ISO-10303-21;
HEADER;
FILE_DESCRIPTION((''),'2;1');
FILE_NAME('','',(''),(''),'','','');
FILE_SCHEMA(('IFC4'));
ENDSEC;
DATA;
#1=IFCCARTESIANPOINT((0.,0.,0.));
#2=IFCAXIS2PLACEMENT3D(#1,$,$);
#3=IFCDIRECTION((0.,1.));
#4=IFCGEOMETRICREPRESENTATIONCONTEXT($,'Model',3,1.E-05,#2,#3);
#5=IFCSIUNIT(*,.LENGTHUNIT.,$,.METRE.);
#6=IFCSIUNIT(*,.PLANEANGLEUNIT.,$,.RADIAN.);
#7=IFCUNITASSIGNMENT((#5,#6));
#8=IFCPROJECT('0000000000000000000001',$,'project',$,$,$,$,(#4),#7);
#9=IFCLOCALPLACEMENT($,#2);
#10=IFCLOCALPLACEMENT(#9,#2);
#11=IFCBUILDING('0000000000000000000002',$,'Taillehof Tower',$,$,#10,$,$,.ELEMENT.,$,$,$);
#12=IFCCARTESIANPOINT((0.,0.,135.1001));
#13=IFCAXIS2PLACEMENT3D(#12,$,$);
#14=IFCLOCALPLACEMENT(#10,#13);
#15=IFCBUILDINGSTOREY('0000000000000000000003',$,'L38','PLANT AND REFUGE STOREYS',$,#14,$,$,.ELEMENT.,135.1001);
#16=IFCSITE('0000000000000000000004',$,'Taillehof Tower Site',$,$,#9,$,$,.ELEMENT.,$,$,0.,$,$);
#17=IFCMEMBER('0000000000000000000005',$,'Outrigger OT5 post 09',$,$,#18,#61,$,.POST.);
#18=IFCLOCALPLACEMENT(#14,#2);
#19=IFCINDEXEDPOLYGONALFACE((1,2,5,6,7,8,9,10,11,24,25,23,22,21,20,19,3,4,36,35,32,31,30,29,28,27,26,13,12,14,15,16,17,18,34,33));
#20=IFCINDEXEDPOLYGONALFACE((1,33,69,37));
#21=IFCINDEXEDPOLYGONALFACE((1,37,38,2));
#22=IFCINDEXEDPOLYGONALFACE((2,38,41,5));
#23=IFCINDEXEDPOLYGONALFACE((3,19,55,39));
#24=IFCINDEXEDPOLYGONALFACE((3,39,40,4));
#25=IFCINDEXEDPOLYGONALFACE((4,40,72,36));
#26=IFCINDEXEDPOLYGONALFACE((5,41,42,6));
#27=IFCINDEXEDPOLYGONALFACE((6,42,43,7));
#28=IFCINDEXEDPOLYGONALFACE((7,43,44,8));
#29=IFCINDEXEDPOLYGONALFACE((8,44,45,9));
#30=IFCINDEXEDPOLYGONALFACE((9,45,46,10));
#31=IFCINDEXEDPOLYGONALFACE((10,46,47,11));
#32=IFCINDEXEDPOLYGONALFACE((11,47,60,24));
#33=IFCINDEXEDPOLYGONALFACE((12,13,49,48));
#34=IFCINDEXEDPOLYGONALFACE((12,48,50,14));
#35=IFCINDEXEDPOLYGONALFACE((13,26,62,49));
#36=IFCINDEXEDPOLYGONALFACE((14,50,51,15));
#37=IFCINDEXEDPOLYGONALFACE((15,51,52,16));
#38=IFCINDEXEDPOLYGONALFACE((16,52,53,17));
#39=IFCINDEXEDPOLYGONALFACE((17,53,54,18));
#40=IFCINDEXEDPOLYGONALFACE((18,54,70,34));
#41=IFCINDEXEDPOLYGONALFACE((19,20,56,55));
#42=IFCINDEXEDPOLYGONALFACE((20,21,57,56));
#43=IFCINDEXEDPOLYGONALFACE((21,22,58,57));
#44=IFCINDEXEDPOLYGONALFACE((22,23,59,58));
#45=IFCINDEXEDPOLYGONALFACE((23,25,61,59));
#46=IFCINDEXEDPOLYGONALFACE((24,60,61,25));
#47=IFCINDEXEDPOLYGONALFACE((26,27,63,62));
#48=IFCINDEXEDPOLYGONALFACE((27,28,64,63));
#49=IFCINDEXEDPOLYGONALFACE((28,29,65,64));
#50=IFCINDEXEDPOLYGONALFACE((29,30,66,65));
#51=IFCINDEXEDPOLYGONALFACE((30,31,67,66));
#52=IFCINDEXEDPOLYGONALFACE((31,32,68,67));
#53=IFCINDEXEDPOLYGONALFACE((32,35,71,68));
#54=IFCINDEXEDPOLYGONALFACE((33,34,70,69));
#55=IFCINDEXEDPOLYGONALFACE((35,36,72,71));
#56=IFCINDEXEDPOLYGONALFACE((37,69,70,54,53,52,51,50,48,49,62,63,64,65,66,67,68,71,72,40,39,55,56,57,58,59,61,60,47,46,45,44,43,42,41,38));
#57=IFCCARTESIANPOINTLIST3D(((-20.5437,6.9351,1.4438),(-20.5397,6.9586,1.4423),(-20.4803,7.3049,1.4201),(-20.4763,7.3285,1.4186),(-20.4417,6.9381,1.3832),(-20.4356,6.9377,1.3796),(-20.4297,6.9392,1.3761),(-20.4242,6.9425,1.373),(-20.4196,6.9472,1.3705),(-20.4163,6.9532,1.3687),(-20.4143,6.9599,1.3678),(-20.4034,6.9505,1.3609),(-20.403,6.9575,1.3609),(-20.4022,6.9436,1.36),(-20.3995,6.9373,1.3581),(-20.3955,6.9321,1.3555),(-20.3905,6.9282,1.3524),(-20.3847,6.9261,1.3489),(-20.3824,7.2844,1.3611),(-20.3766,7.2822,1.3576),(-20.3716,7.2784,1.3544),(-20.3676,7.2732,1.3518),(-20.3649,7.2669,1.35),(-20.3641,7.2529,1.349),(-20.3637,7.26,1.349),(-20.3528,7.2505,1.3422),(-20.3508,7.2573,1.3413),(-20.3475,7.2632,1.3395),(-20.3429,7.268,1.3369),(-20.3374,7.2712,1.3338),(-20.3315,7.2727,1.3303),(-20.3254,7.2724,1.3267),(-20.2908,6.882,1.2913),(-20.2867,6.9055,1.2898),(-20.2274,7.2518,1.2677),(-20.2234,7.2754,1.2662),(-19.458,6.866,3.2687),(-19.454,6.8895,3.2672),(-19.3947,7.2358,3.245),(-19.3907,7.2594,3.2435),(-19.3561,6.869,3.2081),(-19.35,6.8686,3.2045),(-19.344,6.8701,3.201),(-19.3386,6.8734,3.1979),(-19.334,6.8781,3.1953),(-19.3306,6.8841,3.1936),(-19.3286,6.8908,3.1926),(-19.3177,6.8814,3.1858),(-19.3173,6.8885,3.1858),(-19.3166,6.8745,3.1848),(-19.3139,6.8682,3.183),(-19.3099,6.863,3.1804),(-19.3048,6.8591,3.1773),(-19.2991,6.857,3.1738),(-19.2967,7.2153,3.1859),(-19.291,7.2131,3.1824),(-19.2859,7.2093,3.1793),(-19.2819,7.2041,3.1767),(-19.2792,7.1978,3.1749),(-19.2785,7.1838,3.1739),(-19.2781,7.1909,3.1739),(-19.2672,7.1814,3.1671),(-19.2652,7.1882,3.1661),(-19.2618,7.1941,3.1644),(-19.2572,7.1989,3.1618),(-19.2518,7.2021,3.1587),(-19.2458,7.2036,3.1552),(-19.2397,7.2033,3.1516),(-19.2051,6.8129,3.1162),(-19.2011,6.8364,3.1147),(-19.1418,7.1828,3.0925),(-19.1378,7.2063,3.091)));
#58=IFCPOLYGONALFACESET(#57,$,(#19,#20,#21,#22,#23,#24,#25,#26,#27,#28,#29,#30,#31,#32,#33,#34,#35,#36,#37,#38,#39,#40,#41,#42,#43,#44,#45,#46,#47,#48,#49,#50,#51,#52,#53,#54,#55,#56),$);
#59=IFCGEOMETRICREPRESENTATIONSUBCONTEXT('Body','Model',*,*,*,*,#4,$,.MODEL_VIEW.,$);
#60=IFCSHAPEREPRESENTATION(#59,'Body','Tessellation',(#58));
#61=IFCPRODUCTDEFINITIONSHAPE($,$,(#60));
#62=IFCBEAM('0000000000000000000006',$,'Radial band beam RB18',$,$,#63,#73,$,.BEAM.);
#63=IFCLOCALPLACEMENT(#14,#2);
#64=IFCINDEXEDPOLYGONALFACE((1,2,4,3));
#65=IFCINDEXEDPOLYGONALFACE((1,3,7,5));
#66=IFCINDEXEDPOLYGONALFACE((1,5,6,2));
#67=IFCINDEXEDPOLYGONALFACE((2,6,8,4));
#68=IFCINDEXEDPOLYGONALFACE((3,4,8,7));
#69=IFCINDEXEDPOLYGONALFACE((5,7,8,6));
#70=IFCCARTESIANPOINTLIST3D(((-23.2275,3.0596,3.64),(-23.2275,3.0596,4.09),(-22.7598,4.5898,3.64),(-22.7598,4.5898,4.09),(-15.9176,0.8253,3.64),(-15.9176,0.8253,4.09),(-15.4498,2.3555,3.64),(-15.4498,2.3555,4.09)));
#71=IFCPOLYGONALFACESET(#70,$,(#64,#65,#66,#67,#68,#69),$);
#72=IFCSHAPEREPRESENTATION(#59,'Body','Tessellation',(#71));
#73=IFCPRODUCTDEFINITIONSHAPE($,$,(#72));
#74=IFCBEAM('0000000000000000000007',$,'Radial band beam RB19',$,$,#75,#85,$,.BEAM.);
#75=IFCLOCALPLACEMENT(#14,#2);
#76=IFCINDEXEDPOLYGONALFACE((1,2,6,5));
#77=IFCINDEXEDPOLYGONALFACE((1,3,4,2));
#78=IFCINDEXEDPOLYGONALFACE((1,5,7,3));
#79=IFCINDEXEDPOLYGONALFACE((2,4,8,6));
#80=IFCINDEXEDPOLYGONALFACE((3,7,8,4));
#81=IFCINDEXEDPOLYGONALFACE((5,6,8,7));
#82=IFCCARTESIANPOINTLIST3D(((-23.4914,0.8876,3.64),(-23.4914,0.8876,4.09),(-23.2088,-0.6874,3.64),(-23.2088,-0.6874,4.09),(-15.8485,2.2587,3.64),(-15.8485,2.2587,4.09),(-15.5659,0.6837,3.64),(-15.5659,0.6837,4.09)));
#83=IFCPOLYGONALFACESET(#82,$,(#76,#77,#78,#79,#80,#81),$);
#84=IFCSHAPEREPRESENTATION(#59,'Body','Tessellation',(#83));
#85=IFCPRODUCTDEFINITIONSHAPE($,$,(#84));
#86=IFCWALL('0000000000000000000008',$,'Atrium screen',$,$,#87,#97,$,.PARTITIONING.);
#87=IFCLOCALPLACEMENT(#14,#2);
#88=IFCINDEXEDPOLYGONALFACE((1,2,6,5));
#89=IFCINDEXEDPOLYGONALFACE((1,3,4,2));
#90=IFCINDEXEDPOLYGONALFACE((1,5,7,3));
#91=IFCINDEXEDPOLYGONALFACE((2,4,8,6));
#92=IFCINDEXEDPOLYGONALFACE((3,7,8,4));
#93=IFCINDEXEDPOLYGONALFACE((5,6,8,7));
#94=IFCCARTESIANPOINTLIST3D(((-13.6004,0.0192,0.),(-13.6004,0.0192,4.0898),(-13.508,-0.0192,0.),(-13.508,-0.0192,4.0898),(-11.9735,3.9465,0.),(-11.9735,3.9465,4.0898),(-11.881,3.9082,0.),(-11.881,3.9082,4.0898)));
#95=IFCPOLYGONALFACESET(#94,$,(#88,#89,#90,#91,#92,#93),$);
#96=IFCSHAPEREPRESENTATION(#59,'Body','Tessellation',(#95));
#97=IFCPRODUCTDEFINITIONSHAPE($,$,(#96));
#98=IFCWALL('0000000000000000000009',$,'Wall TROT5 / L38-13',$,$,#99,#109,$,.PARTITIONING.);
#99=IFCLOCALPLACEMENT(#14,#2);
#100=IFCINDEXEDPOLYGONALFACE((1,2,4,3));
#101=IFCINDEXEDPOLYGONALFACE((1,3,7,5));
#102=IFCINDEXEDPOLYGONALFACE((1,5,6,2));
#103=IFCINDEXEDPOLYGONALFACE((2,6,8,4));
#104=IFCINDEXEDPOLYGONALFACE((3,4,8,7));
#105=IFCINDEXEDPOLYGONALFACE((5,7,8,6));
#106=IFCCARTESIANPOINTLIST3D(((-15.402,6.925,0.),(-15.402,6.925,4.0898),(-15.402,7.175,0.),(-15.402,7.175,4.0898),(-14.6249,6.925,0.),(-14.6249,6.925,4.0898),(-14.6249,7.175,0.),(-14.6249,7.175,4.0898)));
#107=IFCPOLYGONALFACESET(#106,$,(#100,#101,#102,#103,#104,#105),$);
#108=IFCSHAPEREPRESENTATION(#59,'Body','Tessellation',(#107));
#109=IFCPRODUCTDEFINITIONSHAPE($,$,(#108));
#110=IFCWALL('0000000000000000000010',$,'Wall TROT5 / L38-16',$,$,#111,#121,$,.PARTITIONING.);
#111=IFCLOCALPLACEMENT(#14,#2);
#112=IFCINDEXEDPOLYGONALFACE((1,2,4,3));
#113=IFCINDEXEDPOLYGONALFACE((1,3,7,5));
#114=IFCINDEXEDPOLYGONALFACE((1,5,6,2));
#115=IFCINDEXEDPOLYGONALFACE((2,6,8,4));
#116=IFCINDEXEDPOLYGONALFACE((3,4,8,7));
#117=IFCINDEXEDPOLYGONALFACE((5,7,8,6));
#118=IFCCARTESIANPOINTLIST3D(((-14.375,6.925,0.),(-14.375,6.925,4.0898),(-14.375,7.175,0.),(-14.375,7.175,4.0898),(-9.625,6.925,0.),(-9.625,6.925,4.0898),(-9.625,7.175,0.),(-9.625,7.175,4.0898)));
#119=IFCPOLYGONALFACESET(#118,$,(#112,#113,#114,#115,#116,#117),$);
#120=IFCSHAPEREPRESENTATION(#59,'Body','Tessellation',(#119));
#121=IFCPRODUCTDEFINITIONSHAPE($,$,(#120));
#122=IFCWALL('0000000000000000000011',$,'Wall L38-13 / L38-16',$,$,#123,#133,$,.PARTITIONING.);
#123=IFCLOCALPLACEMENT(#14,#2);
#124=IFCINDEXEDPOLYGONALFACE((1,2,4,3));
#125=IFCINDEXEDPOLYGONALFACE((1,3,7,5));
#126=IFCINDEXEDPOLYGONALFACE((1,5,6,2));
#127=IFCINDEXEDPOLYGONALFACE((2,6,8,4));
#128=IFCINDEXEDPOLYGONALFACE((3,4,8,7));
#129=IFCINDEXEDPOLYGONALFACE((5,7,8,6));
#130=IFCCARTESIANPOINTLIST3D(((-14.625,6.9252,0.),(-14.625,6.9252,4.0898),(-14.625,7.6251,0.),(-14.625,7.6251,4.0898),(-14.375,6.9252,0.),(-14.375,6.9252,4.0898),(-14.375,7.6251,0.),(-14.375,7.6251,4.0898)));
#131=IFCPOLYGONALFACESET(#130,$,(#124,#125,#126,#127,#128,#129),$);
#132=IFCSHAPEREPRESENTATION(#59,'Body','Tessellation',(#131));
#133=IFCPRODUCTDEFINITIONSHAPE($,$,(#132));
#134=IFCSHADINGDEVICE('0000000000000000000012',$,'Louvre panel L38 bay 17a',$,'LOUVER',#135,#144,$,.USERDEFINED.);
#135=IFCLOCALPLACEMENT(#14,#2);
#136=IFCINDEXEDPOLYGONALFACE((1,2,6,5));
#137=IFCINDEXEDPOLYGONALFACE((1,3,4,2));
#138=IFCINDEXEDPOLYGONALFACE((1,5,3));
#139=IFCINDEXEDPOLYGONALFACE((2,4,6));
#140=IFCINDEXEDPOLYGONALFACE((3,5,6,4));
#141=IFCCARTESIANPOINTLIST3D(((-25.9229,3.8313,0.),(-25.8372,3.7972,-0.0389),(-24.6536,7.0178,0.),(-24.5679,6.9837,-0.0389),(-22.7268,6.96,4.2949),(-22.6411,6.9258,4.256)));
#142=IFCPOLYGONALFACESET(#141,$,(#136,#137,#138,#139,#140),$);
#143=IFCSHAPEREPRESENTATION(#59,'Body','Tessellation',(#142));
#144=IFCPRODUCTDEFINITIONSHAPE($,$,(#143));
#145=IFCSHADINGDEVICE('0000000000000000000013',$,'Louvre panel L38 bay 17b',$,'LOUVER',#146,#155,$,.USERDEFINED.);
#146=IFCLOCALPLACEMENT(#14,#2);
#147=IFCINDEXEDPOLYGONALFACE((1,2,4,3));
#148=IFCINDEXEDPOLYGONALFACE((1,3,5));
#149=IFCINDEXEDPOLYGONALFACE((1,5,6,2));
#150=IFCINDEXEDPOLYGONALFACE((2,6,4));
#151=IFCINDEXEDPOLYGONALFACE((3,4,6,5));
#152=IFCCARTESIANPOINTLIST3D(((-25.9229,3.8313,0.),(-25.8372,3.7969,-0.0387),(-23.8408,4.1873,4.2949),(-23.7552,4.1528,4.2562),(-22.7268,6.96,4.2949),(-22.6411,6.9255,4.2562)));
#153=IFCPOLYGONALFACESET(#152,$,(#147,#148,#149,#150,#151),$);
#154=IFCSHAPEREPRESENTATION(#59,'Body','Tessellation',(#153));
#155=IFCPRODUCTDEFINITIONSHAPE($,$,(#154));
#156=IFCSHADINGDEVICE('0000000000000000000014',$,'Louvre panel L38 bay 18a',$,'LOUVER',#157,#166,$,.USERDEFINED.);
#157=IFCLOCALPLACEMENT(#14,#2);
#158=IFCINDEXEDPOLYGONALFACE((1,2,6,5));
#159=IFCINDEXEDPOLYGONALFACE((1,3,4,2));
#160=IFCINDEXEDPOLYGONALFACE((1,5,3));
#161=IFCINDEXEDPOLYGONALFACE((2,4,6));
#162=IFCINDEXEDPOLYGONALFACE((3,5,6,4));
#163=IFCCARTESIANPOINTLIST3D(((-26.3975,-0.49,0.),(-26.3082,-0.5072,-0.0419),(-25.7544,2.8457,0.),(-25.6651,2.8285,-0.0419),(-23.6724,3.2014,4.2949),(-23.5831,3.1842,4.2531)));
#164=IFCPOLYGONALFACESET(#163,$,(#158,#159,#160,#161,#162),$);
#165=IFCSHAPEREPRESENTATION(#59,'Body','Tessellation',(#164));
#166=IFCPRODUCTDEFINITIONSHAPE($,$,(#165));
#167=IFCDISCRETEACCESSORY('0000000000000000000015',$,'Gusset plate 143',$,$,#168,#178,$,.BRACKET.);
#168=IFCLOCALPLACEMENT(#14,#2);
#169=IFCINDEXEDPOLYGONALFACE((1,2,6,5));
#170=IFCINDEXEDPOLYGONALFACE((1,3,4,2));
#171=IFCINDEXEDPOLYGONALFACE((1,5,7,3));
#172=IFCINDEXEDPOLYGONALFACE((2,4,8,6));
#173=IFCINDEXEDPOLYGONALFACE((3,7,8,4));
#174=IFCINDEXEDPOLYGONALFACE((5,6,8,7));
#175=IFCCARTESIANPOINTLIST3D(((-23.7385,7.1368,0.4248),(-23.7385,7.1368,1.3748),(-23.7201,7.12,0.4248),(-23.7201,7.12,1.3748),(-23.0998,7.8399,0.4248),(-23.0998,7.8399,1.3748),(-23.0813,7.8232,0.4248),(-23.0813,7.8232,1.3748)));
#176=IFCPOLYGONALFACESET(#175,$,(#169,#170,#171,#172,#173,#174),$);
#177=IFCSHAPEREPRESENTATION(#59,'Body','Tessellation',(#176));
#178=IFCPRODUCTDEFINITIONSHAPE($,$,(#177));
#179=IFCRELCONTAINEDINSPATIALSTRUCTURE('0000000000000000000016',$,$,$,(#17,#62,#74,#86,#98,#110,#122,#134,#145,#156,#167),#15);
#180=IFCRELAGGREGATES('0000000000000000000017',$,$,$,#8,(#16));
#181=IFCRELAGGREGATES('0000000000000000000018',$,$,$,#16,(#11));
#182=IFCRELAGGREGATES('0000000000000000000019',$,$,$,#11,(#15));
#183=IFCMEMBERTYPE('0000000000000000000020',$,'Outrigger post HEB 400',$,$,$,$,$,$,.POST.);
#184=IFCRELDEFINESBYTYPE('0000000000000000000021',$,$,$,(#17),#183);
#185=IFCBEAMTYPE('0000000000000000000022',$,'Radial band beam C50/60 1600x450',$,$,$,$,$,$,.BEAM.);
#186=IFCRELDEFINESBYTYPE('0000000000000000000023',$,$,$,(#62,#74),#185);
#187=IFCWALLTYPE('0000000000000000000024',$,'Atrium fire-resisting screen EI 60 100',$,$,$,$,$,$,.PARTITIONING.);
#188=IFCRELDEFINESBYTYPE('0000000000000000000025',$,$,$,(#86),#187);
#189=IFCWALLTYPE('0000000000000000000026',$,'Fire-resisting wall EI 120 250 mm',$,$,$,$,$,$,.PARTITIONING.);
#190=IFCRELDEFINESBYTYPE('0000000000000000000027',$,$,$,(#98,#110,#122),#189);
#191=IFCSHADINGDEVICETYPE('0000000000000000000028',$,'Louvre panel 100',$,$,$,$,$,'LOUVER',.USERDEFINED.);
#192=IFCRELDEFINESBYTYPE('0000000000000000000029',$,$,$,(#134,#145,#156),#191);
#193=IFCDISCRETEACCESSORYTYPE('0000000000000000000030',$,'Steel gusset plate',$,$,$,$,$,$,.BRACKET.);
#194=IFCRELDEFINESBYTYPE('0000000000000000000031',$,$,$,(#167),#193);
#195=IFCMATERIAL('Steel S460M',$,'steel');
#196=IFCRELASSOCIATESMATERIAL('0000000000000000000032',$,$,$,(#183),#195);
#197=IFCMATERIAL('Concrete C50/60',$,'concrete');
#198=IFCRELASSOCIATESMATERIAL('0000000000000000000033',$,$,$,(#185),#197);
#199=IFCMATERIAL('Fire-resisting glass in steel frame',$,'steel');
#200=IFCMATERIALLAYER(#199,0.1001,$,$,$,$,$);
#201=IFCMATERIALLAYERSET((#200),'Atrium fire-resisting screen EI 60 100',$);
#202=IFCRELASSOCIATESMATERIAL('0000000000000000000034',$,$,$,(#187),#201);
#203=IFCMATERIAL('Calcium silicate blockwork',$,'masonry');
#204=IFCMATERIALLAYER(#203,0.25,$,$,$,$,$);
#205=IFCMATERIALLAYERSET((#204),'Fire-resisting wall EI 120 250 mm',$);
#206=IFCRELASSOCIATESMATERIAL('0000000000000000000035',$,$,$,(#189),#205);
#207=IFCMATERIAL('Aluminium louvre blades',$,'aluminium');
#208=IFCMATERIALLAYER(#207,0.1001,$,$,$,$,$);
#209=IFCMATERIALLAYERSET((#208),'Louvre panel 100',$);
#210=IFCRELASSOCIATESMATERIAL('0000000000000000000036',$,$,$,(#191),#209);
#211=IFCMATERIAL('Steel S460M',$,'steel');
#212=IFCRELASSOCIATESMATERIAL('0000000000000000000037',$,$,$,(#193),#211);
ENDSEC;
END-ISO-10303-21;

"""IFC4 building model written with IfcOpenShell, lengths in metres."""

from ifc_helpers import new_model, si_unit, direction, frame, frame_2d, origin, origin_2d, place, context, subcontext, project, spatial, polyline, rectangle, i_section, outline, extrude, material, layer, layer_set, material_profile, profile_set, type_object, element, save


model = new_model("IFC4")

# Units and contexts
model_context = context("Model", 3, precision=1e-05, world=origin(), true_north=direction((0.0, 1.0)))
body_context = subcontext(model_context, "Body", "Model", "MODEL_VIEW")
ifc_project = project(units=[si_unit("LENGTHUNIT", "METRE"), si_unit("PLANEANGLEUNIT", "RADIAN")], contexts=[model_context])

# Site, building, storey
site_placement = place(None, origin())
site = spatial("IfcSite", under=ifc_project, at=site_placement, Name="Taillehof Tower Site", CompositionType="ELEMENT", RefElevation=0.0)
building_placement = place(site_placement, origin())
building = spatial("IfcBuilding", under=site, at=building_placement, Name="Taillehof Tower", CompositionType="ELEMENT")
storey_placement = place(building_placement, frame((0.0, 0.0, 135.1001)))
storey = spatial("IfcBuildingStorey", under=building, at=storey_placement, Name="L38", Description="PLANT AND REFUGE STOREYS", CompositionType="ELEMENT", Elevation=135.1001)

# Member
ifc_material_1 = material(Name="Steel S460M", Category="steel")
ifc_material_profile_1 = material_profile(ifc_material_1, i_section(OverallWidth=0.3, OverallDepth=0.3999, WebThickness=0.0134, FlangeThickness=0.0239, FilletRadius=0.0271, at=origin_2d()), Name="HEB 400")
ifc_profile_set_1 = profile_set([ifc_material_profile_1], Name="Steel S460M")
member_type_1 = type_object("IfcMemberType", Name="Outrigger post HEB 400", PredefinedType="POST", material=ifc_profile_set_1)
member_1_placement = place(storey_placement, frame((-20.3835, 7.1052, 1.355), z_axis=(0.511009, -0.03252, 0.85896), x_axis=(-0.842904, 0.176893, 0.508155)))
element("IfcMember", 1, at=member_1_placement, inside=storey, type_object=member_type_1, Name="Outrigger OT5 post 09", PredefinedType="POST", context=body_context, shape_type="SweptSolid", body=[
    extrude(i_section(OverallWidth=0.3, OverallDepth=0.3999, WebThickness=0.0134, FlangeThickness=0.0239, FilletRadius=0.0271, at=origin_2d()), origin(), (0.0, 0.0, 1.0), 2.1245),
])

# Beams
ifc_material_2 = material(Name="Concrete C50/60", Category="concrete")
ifc_material_profile_2 = material_profile(ifc_material_2, rectangle(XDim=1.6001, YDim=0.45, at=origin_2d()), Name="RC 1600x450")
ifc_profile_set_2 = profile_set([ifc_material_profile_2], Name="Concrete C50/60")
beam_type_1 = type_object("IfcBeamType", Name="Radial band beam C50/60 1600x450", PredefinedType="BEAM", material=ifc_profile_set_2)
beam_1_placement = place(storey_placement, frame((-22.9937, 3.8247, 3.865), z_axis=(0.956324, -0.292308, 0.0), x_axis=(0.292308, 0.956324, 0.0)))
element("IfcBeam", 2, at=beam_1_placement, inside=storey, type_object=beam_type_1, Name="Radial band beam RB18", PredefinedType="BEAM", context=body_context, shape_type="SweptSolid", body=[
    extrude(rectangle(XDim=1.6001, YDim=0.45, at=origin_2d()), origin(), (0.0, 0.0, 1.0), 7.6438),
])
beam_2_placement = place(storey_placement, frame((-23.3501, 0.1001, 3.865), z_axis=(0.984287, 0.176577, 0.0), x_axis=(-0.176577, 0.984287, 0.0)))
element("IfcBeam", 3, at=beam_2_placement, inside=storey, type_object=beam_type_1, Name="Radial band beam RB19", PredefinedType="BEAM", context=body_context, shape_type="SweptSolid", body=[
    extrude(rectangle(XDim=1.6001, YDim=0.45, at=origin_2d()), origin(), (0.0, 0.0, 1.0), 7.7649),
])

# Walls
ifc_material_3 = material(Name="Fire-resisting glass in steel frame", Category="steel")
ifc_layer_1 = layer(ifc_material_3, 0.1001)
ifc_layer_set_1 = layer_set([ifc_layer_1], Name="Atrium fire-resisting screen EI 60 100")
wall_type_1 = type_object("IfcWallType", Name="Atrium fire-resisting screen EI 60 100", PredefinedType="PARTITIONING", material=ifc_layer_set_1)
wall_1_placement = place(storey_placement, frame((-13.5542, 0.0, 0.0), z_axis=(0.0, 0.0, 1.0), x_axis=(0.382731, 0.92386, 0.0)))
element("IfcWall", 4, at=wall_1_placement, inside=storey, type_object=wall_type_1, Name="Atrium screen", PredefinedType="PARTITIONING", context=body_context, shape_type="SweptSolid", body=[
    extrude(rectangle(XDim=4.251, YDim=0.1001, at=frame_2d((2.1255, 0.0))), origin(), (0.0, 0.0, 1.0), 4.0898),
])
ifc_material_4 = material(Name="Calcium silicate blockwork", Category="masonry")
ifc_layer_2 = layer(ifc_material_4, 0.25)
ifc_layer_set_2 = layer_set([ifc_layer_2], Name="Fire-resisting wall EI 120 250 mm")
wall_type_2 = type_object("IfcWallType", Name="Fire-resisting wall EI 120 250 mm", PredefinedType="PARTITIONING", material=ifc_layer_set_2)
wall_2_placement = place(storey_placement, frame((-15.4021, 7.05, 0.0), z_axis=(0.0, 0.0, 1.0), x_axis=(1.0, 0.0, 0.0)))
element("IfcWall", 5, at=wall_2_placement, inside=storey, type_object=wall_type_2, Name="Wall TROT5 / L38-13", PredefinedType="PARTITIONING", context=body_context, shape_type="SweptSolid", body=[
    extrude(rectangle(XDim=0.7771, YDim=0.25, at=frame_2d((0.3887, 0.0))), origin(), (0.0, 0.0, 1.0), 4.0898),
])
wall_3_placement = place(storey_placement, frame((-14.375, 7.05, 0.0), z_axis=(0.0, 0.0, 1.0), x_axis=(1.0, 0.0, 0.0)))
element("IfcWall", 6, at=wall_3_placement, inside=storey, type_object=wall_type_2, Name="Wall TROT5 / L38-16", PredefinedType="PARTITIONING", context=body_context, shape_type="SweptSolid", body=[
    extrude(rectangle(XDim=4.75, YDim=0.25, at=frame_2d((2.375, 0.0))), origin(), (0.0, 0.0, 1.0), 4.0898),
])
wall_4_placement = place(storey_placement, frame((-14.5, 6.925, 0.0), z_axis=(0.0, 0.0, 1.0), x_axis=(0.0, 1.0, 0.0)))
element("IfcWall", 7, at=wall_4_placement, inside=storey, type_object=wall_type_2, Name="Wall L38-13 / L38-16", PredefinedType="PARTITIONING", context=body_context, shape_type="SweptSolid", body=[
    extrude(rectangle(XDim=0.7, YDim=0.25, at=frame_2d((0.3501, 0.0))), origin(), (0.0, 0.0, 1.0), 4.0898),
])

# Shading devices
ifc_material_5 = material(Name="Aluminium louvre blades", Category="aluminium")
ifc_layer_3 = layer(ifc_material_5, 0.1001)
ifc_layer_set_3 = layer_set([ifc_layer_3], Name="Louvre panel 100")
shading_device_type = type_object("IfcShadingDeviceType", Name="Louvre panel 100", ElementType="LOUVER", PredefinedType="USERDEFINED", material=ifc_layer_set_3)
shading_device_1_placement = place(storey_placement, frame((-24.6536, 7.0178, 0.0), z_axis=(-0.855995, 0.340968, 0.388604), x_axis=(-0.370053, -0.929011, 0.0)))
element("IfcShadingDevice", 8, at=shading_device_1_placement, inside=storey, type_object=shading_device_type, Name="Louvre panel L38 bay 17a", ObjectType="LOUVER", PredefinedType="USERDEFINED", context=body_context, shape_type="SweptSolid", body=[
    extrude(outline(polyline([(0.0, 0.0), (3.43, 0.0), (-0.6592, 4.6613), (0.0, 0.0)])), origin(), (0.0, 0.0, -1.0), 0.1001),
])
shading_device_2_placement = place(storey_placement, frame((-25.9229, 3.8313, 0.0), z_axis=(-0.855843, 0.343859, 0.386385), x_axis=(0.435005, 0.074371, 0.897351)))
element("IfcShadingDevice", 9, at=shading_device_2_placement, inside=storey, type_object=shading_device_type, Name="Louvre panel L38 bay 17b", ObjectType="LOUVER", PredefinedType="USERDEFINED", context=body_context, shape_type="SweptSolid", body=[
    extrude(outline(polyline([(0.0, 0.0), (4.7862, 0.0), (5.477, 2.9072), (0.0, 0.0)])), origin(), (0.0, 0.0, -1.0), 0.1001),
])
shading_device_3_placement = place(storey_placement, frame((-25.7544, 2.8457, 0.0), z_axis=(-0.891955, 0.171954, 0.418148), x_axis=(-0.189298, -0.98192, 0.0)))
element("IfcShadingDevice", 10, at=shading_device_3_placement, inside=storey, type_object=shading_device_type, Name="Louvre panel L38 bay 18a", ObjectType="LOUVER", PredefinedType="USERDEFINED", context=body_context, shape_type="SweptSolid", body=[
    extrude(outline(polyline([(0.0, 0.0), (3.3971, 0.0), (-0.7434, 4.7281), (0.0, 0.0)])), origin(), (0.0, 0.0, -1.0), 0.1001),
])

# Discrete accessory
ifc_material_6 = material(Name="Steel S460M", Category="steel")
discrete_accessory_type = type_object("IfcDiscreteAccessoryType", Name="Steel gusset plate", PredefinedType="BRACKET", material=ifc_material_6)
discrete_accessory_1_placement = place(storey_placement, frame((-23.4099, 7.48, 0.4248), z_axis=(0.0, 0.0, 1.0), x_axis=(-0.672371, -0.740215, 0.0)))
element("IfcDiscreteAccessory", 11, at=discrete_accessory_1_placement, inside=storey, type_object=discrete_accessory_type, Name="Gusset plate 143", PredefinedType="BRACKET", context=body_context, shape_type="SweptSolid", body=[
    extrude(rectangle(XDim=0.95, YDim=0.0249, at=origin_2d()), origin(), (0.0, 0.0, 1.0), 0.95),
])

save(model, "model.ifc")
